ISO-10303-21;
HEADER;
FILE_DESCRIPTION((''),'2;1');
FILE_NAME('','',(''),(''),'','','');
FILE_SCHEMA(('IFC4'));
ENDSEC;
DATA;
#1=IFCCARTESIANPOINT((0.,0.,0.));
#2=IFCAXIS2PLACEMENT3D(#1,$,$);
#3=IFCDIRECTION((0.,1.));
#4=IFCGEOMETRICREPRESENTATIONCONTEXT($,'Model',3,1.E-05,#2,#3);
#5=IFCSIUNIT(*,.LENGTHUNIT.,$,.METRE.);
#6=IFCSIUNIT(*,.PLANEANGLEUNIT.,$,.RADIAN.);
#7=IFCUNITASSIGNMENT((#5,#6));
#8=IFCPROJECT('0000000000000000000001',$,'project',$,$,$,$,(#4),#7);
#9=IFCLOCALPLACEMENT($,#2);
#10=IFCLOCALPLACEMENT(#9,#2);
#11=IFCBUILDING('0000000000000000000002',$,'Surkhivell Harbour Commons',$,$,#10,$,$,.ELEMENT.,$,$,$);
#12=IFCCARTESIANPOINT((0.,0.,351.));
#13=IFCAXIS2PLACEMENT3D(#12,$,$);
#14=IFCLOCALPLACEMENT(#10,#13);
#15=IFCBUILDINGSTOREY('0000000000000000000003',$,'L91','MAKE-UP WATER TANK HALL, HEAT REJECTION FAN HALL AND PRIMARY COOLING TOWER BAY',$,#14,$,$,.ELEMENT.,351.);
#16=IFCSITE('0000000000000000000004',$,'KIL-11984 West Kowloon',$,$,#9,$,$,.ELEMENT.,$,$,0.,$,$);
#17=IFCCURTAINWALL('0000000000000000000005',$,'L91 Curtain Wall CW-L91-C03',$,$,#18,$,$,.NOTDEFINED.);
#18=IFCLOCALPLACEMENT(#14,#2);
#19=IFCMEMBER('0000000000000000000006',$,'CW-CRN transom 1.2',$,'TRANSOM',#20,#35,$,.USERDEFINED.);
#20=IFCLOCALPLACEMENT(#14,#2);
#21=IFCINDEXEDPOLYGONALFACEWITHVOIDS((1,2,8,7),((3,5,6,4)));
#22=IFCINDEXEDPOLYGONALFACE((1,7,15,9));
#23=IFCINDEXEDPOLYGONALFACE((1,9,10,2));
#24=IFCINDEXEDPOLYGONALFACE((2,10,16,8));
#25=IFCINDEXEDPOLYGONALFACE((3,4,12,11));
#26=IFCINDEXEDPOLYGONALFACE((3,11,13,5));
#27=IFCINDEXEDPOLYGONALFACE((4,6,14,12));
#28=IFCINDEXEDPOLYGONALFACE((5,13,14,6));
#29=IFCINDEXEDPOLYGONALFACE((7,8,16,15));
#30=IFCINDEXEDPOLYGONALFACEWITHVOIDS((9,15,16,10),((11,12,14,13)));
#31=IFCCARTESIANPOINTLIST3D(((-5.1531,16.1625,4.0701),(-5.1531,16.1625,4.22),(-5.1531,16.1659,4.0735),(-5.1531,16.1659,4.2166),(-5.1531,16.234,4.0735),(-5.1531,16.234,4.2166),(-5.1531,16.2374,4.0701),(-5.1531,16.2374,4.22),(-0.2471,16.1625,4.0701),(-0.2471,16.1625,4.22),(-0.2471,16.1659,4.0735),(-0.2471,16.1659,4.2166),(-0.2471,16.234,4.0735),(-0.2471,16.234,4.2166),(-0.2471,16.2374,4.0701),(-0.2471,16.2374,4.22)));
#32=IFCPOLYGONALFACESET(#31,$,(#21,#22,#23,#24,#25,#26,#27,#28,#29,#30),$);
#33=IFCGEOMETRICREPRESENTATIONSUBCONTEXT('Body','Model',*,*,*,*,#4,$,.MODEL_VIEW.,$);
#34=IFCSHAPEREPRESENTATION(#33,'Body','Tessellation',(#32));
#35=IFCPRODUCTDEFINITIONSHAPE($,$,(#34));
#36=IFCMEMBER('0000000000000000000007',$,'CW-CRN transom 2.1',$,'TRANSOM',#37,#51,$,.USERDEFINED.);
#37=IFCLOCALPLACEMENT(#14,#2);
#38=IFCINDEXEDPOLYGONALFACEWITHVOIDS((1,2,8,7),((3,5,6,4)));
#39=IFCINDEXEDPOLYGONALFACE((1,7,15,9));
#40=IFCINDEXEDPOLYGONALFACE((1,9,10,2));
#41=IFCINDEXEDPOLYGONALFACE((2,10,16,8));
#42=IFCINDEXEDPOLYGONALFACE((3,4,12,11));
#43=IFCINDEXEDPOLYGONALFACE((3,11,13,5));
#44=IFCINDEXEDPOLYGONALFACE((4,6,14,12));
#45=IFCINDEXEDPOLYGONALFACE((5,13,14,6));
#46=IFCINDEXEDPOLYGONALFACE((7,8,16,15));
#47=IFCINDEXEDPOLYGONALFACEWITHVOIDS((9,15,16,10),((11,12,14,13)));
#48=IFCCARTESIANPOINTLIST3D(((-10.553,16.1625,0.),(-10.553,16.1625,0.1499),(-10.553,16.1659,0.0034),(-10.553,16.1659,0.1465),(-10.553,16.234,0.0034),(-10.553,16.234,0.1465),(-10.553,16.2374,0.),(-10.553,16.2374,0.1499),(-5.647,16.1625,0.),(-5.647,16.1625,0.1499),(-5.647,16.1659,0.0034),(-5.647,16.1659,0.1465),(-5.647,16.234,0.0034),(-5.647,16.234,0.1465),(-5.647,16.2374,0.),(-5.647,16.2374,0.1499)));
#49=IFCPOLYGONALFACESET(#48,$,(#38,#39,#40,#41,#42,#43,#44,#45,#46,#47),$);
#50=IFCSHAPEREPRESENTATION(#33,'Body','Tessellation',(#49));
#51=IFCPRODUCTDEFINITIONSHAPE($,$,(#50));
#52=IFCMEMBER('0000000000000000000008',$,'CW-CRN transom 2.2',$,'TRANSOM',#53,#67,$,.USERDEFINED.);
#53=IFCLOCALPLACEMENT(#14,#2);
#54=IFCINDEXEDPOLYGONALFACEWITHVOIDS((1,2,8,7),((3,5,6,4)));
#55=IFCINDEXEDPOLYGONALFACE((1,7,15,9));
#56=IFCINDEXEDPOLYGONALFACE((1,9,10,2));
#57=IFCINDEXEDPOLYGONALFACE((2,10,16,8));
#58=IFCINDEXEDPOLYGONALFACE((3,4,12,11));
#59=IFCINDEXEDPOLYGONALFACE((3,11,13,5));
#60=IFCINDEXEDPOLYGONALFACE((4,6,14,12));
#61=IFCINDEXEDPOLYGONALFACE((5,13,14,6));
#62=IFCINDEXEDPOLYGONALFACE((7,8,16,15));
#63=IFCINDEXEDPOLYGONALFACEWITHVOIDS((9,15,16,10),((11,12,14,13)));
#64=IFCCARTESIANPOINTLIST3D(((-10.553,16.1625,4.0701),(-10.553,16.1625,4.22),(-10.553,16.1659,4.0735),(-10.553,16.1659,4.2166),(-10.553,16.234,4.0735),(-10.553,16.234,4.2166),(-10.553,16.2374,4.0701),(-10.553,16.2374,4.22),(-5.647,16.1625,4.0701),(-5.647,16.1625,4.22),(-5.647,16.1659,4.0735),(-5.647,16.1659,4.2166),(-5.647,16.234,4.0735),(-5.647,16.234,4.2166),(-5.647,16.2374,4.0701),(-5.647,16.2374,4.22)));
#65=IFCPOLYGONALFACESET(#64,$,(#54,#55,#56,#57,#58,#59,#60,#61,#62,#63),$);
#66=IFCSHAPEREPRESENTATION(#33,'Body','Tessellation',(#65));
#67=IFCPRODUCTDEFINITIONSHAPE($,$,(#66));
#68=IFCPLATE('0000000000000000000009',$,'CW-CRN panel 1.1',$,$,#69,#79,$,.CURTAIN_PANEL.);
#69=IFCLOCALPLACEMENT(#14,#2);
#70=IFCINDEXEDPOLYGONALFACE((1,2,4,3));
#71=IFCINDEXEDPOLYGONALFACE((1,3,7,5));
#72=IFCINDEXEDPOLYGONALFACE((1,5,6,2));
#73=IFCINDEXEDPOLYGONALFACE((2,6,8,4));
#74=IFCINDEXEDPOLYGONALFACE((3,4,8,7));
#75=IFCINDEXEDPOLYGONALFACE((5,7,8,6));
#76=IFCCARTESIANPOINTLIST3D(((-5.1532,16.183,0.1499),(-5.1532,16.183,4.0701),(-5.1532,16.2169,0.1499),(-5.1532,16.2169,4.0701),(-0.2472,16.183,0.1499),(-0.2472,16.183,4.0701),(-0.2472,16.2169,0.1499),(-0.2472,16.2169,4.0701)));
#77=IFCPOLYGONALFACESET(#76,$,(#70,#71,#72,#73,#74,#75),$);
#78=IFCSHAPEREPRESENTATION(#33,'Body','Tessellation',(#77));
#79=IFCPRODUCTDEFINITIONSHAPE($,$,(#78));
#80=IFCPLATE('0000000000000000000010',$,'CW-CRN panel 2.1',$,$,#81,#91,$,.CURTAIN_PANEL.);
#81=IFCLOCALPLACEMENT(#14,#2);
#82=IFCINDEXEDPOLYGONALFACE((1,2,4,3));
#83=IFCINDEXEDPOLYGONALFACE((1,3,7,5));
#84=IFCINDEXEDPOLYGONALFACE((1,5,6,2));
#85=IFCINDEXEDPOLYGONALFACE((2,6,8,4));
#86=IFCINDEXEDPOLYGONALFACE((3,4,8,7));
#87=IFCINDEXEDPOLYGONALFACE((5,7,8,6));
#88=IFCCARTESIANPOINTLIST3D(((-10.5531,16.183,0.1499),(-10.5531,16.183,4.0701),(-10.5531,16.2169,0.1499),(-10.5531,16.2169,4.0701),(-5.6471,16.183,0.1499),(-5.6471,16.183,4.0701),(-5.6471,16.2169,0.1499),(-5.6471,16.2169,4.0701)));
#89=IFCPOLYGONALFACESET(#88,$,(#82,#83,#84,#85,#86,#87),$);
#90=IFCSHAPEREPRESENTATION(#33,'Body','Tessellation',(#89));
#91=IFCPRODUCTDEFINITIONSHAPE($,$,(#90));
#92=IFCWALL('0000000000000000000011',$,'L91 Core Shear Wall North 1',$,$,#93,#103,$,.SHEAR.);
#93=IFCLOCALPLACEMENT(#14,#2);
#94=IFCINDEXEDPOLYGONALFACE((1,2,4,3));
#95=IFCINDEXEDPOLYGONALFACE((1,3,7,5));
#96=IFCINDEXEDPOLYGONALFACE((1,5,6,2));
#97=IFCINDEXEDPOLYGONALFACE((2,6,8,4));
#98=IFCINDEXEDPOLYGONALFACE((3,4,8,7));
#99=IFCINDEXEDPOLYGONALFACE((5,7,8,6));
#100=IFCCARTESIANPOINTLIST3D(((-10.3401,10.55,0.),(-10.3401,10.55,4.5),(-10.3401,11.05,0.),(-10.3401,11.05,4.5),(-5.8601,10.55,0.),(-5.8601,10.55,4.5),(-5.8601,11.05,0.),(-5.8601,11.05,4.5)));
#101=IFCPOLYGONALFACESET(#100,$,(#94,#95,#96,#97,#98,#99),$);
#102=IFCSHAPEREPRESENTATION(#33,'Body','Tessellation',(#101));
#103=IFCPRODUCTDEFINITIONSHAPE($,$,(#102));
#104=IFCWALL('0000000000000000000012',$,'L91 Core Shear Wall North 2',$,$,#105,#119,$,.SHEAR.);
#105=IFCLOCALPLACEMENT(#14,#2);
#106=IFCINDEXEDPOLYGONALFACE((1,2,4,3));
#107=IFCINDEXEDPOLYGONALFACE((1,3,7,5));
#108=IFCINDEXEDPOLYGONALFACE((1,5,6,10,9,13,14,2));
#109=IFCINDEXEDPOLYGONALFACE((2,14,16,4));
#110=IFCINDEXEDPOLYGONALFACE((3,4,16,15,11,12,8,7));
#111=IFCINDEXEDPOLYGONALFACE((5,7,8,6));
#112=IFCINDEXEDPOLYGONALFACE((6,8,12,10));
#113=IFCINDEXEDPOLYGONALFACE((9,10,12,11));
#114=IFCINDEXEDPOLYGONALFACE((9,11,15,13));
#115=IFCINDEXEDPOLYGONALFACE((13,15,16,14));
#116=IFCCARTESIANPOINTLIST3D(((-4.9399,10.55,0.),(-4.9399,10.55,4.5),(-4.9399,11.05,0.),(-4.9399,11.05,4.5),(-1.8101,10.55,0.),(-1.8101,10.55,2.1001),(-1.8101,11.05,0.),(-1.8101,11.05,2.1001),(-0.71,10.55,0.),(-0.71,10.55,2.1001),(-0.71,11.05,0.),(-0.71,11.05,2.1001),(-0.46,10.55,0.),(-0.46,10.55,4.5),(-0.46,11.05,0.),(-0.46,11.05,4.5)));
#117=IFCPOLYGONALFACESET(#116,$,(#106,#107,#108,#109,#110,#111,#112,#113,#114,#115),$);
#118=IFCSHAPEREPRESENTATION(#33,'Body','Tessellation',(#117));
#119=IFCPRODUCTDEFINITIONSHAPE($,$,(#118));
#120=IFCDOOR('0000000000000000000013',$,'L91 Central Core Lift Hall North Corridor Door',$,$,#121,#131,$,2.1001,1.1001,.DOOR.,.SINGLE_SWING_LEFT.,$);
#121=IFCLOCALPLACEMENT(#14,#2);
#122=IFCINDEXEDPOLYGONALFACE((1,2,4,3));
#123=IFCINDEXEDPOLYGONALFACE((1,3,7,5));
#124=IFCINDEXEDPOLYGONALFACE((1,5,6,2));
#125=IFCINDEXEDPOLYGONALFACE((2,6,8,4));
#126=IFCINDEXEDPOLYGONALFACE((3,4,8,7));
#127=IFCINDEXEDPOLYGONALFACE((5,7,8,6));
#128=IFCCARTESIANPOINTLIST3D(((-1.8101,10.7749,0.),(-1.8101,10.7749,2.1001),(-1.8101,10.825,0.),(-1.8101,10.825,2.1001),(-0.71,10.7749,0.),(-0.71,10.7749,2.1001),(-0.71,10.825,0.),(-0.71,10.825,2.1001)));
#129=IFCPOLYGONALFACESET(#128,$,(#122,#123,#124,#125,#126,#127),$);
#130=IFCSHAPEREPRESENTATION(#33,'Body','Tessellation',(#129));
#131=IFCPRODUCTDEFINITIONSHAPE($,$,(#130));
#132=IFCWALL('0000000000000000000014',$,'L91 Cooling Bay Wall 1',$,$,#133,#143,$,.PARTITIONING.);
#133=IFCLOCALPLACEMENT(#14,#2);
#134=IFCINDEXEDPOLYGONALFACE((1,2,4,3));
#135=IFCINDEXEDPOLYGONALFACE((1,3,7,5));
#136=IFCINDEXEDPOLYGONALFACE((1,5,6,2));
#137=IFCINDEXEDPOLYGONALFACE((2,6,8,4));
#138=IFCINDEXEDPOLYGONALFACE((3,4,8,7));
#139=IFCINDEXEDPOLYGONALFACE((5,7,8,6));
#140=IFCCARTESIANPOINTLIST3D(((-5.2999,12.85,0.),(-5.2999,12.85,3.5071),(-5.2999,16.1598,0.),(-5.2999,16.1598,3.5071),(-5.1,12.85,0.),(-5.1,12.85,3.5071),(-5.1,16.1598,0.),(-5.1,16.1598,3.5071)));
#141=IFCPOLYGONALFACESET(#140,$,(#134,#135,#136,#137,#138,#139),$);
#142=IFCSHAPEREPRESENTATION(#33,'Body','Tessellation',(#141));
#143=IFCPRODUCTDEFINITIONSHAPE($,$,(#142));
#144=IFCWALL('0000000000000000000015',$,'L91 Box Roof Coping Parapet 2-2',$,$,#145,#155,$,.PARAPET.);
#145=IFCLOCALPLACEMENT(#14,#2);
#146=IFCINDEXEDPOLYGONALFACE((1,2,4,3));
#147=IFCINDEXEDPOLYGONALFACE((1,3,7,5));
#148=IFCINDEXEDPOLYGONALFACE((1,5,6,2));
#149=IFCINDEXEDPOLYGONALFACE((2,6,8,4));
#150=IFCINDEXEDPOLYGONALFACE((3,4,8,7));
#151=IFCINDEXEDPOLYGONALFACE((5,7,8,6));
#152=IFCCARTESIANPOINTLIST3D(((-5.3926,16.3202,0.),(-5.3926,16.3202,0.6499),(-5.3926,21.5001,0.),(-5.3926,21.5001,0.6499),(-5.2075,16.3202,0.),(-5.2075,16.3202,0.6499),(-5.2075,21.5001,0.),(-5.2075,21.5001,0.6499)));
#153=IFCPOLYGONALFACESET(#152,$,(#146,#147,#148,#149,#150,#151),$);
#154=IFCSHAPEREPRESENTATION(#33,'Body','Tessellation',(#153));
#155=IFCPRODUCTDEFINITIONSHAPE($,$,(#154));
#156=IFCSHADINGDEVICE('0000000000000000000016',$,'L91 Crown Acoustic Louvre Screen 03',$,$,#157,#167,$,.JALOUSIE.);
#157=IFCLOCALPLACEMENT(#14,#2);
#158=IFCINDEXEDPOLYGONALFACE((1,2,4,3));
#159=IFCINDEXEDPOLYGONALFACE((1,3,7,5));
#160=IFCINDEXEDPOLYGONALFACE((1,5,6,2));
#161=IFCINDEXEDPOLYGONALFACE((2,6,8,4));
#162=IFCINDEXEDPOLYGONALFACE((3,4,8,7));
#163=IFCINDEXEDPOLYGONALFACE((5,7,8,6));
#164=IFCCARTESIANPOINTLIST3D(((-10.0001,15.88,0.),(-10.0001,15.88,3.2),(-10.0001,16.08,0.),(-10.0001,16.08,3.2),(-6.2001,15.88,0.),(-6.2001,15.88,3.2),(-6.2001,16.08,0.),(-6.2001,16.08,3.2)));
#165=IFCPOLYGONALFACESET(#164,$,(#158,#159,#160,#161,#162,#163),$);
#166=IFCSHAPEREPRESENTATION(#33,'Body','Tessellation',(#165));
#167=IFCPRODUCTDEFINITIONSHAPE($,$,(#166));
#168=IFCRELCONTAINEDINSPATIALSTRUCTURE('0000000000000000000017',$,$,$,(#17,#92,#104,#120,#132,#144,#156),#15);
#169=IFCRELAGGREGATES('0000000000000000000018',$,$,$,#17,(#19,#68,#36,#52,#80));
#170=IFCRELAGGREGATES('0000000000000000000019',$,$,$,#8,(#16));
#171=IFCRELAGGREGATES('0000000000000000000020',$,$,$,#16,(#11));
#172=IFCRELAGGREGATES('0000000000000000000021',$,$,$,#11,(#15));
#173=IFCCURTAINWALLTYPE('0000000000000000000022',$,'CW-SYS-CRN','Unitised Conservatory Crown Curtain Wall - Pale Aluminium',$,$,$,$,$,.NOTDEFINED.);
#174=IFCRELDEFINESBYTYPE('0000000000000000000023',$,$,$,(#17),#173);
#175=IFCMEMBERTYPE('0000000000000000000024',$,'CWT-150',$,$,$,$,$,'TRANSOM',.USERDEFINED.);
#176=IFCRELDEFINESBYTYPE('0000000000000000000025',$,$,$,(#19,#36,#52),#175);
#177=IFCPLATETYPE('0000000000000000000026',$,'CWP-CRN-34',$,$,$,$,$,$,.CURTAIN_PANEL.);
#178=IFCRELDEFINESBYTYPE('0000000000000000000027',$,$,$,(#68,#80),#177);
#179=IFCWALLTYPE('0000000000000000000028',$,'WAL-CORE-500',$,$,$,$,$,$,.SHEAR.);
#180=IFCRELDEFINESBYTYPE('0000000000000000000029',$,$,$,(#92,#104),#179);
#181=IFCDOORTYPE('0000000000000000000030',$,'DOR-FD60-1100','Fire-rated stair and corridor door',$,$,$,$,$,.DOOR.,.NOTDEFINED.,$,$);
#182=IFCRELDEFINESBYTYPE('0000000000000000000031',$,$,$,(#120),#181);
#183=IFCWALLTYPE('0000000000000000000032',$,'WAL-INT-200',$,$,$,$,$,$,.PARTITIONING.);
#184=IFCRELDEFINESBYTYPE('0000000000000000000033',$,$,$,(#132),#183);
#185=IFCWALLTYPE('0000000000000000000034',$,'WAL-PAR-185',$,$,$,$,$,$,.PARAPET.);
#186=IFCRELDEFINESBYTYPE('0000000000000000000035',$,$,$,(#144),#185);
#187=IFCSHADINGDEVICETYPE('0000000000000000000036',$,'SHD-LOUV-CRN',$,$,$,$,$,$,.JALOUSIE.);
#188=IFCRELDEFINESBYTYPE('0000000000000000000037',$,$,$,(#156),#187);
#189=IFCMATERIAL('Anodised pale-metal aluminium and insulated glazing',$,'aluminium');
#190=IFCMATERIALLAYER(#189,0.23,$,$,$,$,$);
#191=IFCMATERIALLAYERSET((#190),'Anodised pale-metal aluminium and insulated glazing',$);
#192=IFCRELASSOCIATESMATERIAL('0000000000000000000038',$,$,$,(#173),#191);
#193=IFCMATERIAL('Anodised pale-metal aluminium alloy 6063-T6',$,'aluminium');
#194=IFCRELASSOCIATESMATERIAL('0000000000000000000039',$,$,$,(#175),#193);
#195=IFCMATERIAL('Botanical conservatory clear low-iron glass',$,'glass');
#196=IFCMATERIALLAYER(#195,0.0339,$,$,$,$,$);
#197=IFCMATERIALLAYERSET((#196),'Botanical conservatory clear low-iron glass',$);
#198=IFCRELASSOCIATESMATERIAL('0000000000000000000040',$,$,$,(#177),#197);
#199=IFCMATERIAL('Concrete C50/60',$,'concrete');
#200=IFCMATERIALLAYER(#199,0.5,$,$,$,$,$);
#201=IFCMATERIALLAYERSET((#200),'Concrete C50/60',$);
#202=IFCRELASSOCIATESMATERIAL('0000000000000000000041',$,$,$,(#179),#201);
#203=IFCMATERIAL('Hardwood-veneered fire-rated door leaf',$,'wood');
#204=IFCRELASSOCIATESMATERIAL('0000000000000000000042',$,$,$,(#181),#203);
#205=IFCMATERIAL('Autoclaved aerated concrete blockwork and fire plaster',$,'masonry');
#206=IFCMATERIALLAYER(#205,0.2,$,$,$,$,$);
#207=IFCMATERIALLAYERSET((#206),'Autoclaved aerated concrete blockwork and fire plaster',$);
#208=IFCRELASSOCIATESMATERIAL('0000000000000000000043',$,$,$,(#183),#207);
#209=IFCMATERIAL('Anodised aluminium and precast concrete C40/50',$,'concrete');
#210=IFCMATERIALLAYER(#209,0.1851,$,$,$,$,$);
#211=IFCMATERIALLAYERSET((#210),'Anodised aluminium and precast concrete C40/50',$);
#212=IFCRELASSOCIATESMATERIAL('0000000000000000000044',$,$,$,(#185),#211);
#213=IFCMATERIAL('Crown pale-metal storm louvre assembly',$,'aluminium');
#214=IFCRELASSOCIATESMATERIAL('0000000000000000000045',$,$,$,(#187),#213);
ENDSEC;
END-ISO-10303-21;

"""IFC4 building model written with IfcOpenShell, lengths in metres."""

from ifc_helpers import new_model, si_unit, direction, frame, frame_2d, origin, origin_2d, place, context, subcontext, project, spatial, rectangle, hollow_rectangle, extrude, material, layer, layer_set, material_profile, profile_set, type_object, element, fill, aggregate, save


model = new_model("IFC4")

# Units and contexts
model_context = context("Model", 3, precision=1e-05, world=origin(), true_north=direction((0.0, 1.0)))
body_context = subcontext(model_context, "Body", "Model", "MODEL_VIEW")
ifc_project = project(units=[si_unit("LENGTHUNIT", "METRE"), si_unit("PLANEANGLEUNIT", "RADIAN")], contexts=[model_context])

# Site, building, storey
site_placement = place(None, origin())
site = spatial("IfcSite", under=ifc_project, at=site_placement, Name="KIL-11984 West Kowloon", CompositionType="ELEMENT", RefElevation=0.0)
building_placement = place(site_placement, origin())
building = spatial("IfcBuilding", under=site, at=building_placement, Name="Surkhivell Harbour Commons", CompositionType="ELEMENT")
storey_placement = place(building_placement, frame((0.0, 0.0, 351.0)))
storey = spatial("IfcBuildingStorey", under=building, at=storey_placement, Name="L91", Description="MAKE-UP WATER TANK HALL, HEAT REJECTION FAN HALL AND PRIMARY COOLING TOWER BAY", CompositionType="ELEMENT", Elevation=351.0)

# Curtain wall, members, plates
ifc_material_1 = material(Name="Anodised pale-metal aluminium and insulated glazing", Category="aluminium")
ifc_layer_1 = layer(ifc_material_1, 0.23)
ifc_layer_set_1 = layer_set([ifc_layer_1], Name="Anodised pale-metal aluminium and insulated glazing")
curtain_wall_type = type_object("IfcCurtainWallType", Name="CW-SYS-CRN", Description="Unitised Conservatory Crown Curtain Wall - Pale Aluminium", PredefinedType="NOTDEFINED", material=ifc_layer_set_1)
curtain_wall_placement = place(storey_placement, origin())
curtain_wall = element("IfcCurtainWall", 1, at=curtain_wall_placement, inside=storey, type_object=curtain_wall_type, Name="L91 Curtain Wall CW-L91-C03", PredefinedType="NOTDEFINED")
ifc_material_2 = material(Name="Anodised pale-metal aluminium alloy 6063-T6", Category="aluminium")
ifc_material_profile_1 = material_profile(ifc_material_2, hollow_rectangle(XDim=0.075, YDim=0.1499, WallThickness=0.0034, at=origin_2d()), Name="ALU-TRAN-75x150")
ifc_profile_set_1 = profile_set([ifc_material_profile_1], Name="Anodised pale-metal aluminium alloy 6063-T6")
member_type_1 = type_object("IfcMemberType", Name="CWT-150", ElementType="TRANSOM", PredefinedType="USERDEFINED", material=ifc_profile_set_1)
member_1_placement = place(storey_placement, frame((-0.2471, 16.2, 4.145), z_axis=(-1.0, 0.0, 0.0), x_axis=(0.0, -1.0, 0.0)))
member_1 = element("IfcMember", 2, at=member_1_placement, type_object=member_type_1, Name="CW-CRN transom 1.2", ObjectType="TRANSOM", PredefinedType="USERDEFINED", context=body_context, shape_type="SweptSolid", body=[
    extrude(hollow_rectangle(XDim=0.075, YDim=0.1499, WallThickness=0.0034, at=origin_2d()), origin(), (0.0, 0.0, 1.0), 4.906),
])
member_2_placement = place(storey_placement, frame((-5.647, 16.2, 0.075), z_axis=(-1.0, 0.0, 0.0), x_axis=(0.0, -1.0, 0.0)))
member_2 = element("IfcMember", 3, at=member_2_placement, type_object=member_type_1, Name="CW-CRN transom 2.1", ObjectType="TRANSOM", PredefinedType="USERDEFINED", context=body_context, shape_type="SweptSolid", body=[
    extrude(hollow_rectangle(XDim=0.075, YDim=0.1499, WallThickness=0.0034, at=origin_2d()), origin(), (0.0, 0.0, 1.0), 4.906),
])
member_3_placement = place(storey_placement, frame((-5.647, 16.2, 4.145), z_axis=(-1.0, 0.0, 0.0), x_axis=(0.0, -1.0, 0.0)))
member_3 = element("IfcMember", 4, at=member_3_placement, type_object=member_type_1, Name="CW-CRN transom 2.2", ObjectType="TRANSOM", PredefinedType="USERDEFINED", context=body_context, shape_type="SweptSolid", body=[
    extrude(hollow_rectangle(XDim=0.075, YDim=0.1499, WallThickness=0.0034, at=origin_2d()), origin(), (0.0, 0.0, 1.0), 4.906),
])
ifc_material_3 = material(Name="Botanical conservatory clear low-iron glass", Category="glass")
ifc_layer_2 = layer(ifc_material_3, 0.0339)
ifc_layer_set_2 = layer_set([ifc_layer_2], Name="Botanical conservatory clear low-iron glass")
plate_type = type_object("IfcPlateType", Name="CWP-CRN-34", PredefinedType="CURTAIN_PANEL", material=ifc_layer_set_2)
plate_1_placement = place(storey_placement, frame((-0.2471, 16.2, 0.1499), z_axis=(0.0, 0.0, 1.0), x_axis=(-1.0, 0.0, 0.0)))
plate_1 = element("IfcPlate", 5, at=plate_1_placement, type_object=plate_type, Name="CW-CRN panel 1.1", PredefinedType="CURTAIN_PANEL", context=body_context, shape_type="SweptSolid", body=[
    extrude(rectangle(XDim=4.906, YDim=0.0339, at=frame_2d((2.4531, 0.0))), origin(), (0.0, 0.0, 1.0), 3.9202),
])
plate_2_placement = place(storey_placement, frame((-5.647, 16.2, 0.1499), z_axis=(0.0, 0.0, 1.0), x_axis=(-1.0, 0.0, 0.0)))
plate_2 = element("IfcPlate", 6, at=plate_2_placement, type_object=plate_type, Name="CW-CRN panel 2.1", PredefinedType="CURTAIN_PANEL", context=body_context, shape_type="SweptSolid", body=[
    extrude(rectangle(XDim=4.906, YDim=0.0339, at=frame_2d((2.4531, 0.0))), origin(), (0.0, 0.0, 1.0), 3.9202),
])
aggregate(curtain_wall, [member_1, plate_1, member_2, member_3, plate_2])

# Wall
ifc_material_4 = material(Name="Concrete C50/60", Category="concrete")
ifc_layer_3 = layer(ifc_material_4, 0.5)
ifc_layer_set_3 = layer_set([ifc_layer_3], Name="Concrete C50/60")
wall_type_1 = type_object("IfcWallType", Name="WAL-CORE-500", PredefinedType="SHEAR", material=ifc_layer_set_3)
wall_1_placement = place(storey_placement, frame((-10.3401, 10.8, 0.0), z_axis=(0.0, 0.0, 1.0), x_axis=(1.0, 0.0, 0.0)))
element("IfcWall", 7, at=wall_1_placement, inside=storey, type_object=wall_type_1, Name="L91 Core Shear Wall North 1", PredefinedType="SHEAR", context=body_context, shape_type="SweptSolid", body=[
    extrude(rectangle(XDim=4.48, YDim=0.5, at=frame_2d((2.24, 0.0))), origin(), (0.0, 0.0, 1.0), 4.5),
])

# Wall, opening, door
wall_2_placement = place(storey_placement, frame((-4.9399, 10.8, 0.0), z_axis=(0.0, 0.0, 1.0), x_axis=(1.0, 0.0, 0.0)))
wall_2 = element("IfcWall", 8, at=wall_2_placement, inside=storey, type_object=wall_type_1, Name="L91 Core Shear Wall North 2", PredefinedType="SHEAR", context=body_context, shape_type="SweptSolid", body=[
    extrude(rectangle(XDim=4.48, YDim=0.5, at=frame_2d((2.24, 0.0))), origin(), (0.0, 0.0, 1.0), 4.5),
])
opening_placement = place(wall_2_placement, frame((3.1299, 0.0, 0.0)))
opening = element("IfcOpeningElement", 9, at=opening_placement, cuts=wall_2, PredefinedType="OPENING", context=body_context, shape_type="SweptSolid", body=[
    extrude(rectangle(XDim=1.1001, YDim=2.1001, at=frame_2d((0.55, 1.05))), frame((0.0, 0.26, 0.0), z_axis=(0.0, -1.0, 0.0), x_axis=(1.0, 0.0, 0.0)), (0.0, 0.0, 1.0), 0.52),
])
ifc_material_5 = material(Name="Hardwood-veneered fire-rated door leaf", Category="wood")
door_type = type_object("IfcDoorType", Name="DOR-FD60-1100", Description="Fire-rated stair and corridor door", OperationType="NOTDEFINED", PredefinedType="DOOR", material=ifc_material_5)
door_placement = place(opening_placement, origin())
door = element("IfcDoor", 10, at=door_placement, inside=storey, type_object=door_type, Name="L91 Central Core Lift Hall North Corridor Door", OperationType="SINGLE_SWING_LEFT", OverallHeight=2.1001, OverallWidth=1.1001, PredefinedType="DOOR", context=body_context, shape_type="SweptSolid", body=[
    extrude(rectangle(XDim=1.1001, YDim=2.1001, at=frame_2d((0.55, 1.05))), frame((0.0, 0.0249, 0.0), z_axis=(0.0, -1.0, 0.0), x_axis=(1.0, 0.0, 0.0)), (0.0, 0.0, 1.0), 0.05),
])
fill(opening, door)

# Walls
ifc_material_6 = material(Name="Autoclaved aerated concrete blockwork and fire plaster", Category="masonry")
ifc_layer_4 = layer(ifc_material_6, 0.2)
ifc_layer_set_4 = layer_set([ifc_layer_4], Name="Autoclaved aerated concrete blockwork and fire plaster")
wall_type_2 = type_object("IfcWallType", Name="WAL-INT-200", PredefinedType="PARTITIONING", material=ifc_layer_set_4)
wall_3_placement = place(storey_placement, frame((-5.2, 12.8501, 0.0), z_axis=(0.0, 0.0, 1.0), x_axis=(0.0, 1.0, 0.0)))
element("IfcWall", 11, at=wall_3_placement, inside=storey, type_object=wall_type_2, Name="L91 Cooling Bay Wall 1", PredefinedType="PARTITIONING", context=body_context, shape_type="SweptSolid", body=[
    extrude(rectangle(XDim=3.3098, YDim=0.2, at=frame_2d((1.6548, 0.0))), origin(), (0.0, 0.0, 1.0), 3.5071),
])
ifc_material_7 = material(Name="Anodised aluminium and precast concrete C40/50", Category="concrete")
ifc_layer_5 = layer(ifc_material_7, 0.1851)
ifc_layer_set_5 = layer_set([ifc_layer_5], Name="Anodised aluminium and precast concrete C40/50")
wall_type_3 = type_object("IfcWallType", Name="WAL-PAR-185", PredefinedType="PARAPET", material=ifc_layer_set_5)
wall_4_placement = place(storey_placement, frame((-5.3, 21.5, 0.0), z_axis=(0.0, 0.0, 1.0), x_axis=(0.0, -1.0, 0.0)))
element("IfcWall", 12, at=wall_4_placement, inside=storey, type_object=wall_type_3, Name="L91 Box Roof Coping Parapet 2-2", PredefinedType="PARAPET", context=body_context, shape_type="SweptSolid", body=[
    extrude(rectangle(XDim=5.1799, YDim=0.1851, at=frame_2d((2.5898, 0.0))), origin(), (0.0, 0.0, 1.0), 0.6499),
])

# Shading device
ifc_material_8 = material(Name="Crown pale-metal storm louvre assembly", Category="aluminium")
shading_device_type = type_object("IfcShadingDeviceType", Name="SHD-LOUV-CRN", PredefinedType="JALOUSIE", material=ifc_material_8)
shading_device_placement = place(storey_placement, frame((-8.1001, 15.98, 0.0), z_axis=(0.0, 0.0, 1.0), x_axis=(1.0, 0.0, 0.0)))
element("IfcShadingDevice", 13, at=shading_device_placement, inside=storey, type_object=shading_device_type, Name="L91 Crown Acoustic Louvre Screen 03", PredefinedType="JALOUSIE", context=body_context, shape_type="SweptSolid", body=[
    extrude(rectangle(XDim=3.8, YDim=0.2, at=origin_2d()), origin(), (0.0, 0.0, 1.0), 3.2),
])

save(model, "model.ifc")
